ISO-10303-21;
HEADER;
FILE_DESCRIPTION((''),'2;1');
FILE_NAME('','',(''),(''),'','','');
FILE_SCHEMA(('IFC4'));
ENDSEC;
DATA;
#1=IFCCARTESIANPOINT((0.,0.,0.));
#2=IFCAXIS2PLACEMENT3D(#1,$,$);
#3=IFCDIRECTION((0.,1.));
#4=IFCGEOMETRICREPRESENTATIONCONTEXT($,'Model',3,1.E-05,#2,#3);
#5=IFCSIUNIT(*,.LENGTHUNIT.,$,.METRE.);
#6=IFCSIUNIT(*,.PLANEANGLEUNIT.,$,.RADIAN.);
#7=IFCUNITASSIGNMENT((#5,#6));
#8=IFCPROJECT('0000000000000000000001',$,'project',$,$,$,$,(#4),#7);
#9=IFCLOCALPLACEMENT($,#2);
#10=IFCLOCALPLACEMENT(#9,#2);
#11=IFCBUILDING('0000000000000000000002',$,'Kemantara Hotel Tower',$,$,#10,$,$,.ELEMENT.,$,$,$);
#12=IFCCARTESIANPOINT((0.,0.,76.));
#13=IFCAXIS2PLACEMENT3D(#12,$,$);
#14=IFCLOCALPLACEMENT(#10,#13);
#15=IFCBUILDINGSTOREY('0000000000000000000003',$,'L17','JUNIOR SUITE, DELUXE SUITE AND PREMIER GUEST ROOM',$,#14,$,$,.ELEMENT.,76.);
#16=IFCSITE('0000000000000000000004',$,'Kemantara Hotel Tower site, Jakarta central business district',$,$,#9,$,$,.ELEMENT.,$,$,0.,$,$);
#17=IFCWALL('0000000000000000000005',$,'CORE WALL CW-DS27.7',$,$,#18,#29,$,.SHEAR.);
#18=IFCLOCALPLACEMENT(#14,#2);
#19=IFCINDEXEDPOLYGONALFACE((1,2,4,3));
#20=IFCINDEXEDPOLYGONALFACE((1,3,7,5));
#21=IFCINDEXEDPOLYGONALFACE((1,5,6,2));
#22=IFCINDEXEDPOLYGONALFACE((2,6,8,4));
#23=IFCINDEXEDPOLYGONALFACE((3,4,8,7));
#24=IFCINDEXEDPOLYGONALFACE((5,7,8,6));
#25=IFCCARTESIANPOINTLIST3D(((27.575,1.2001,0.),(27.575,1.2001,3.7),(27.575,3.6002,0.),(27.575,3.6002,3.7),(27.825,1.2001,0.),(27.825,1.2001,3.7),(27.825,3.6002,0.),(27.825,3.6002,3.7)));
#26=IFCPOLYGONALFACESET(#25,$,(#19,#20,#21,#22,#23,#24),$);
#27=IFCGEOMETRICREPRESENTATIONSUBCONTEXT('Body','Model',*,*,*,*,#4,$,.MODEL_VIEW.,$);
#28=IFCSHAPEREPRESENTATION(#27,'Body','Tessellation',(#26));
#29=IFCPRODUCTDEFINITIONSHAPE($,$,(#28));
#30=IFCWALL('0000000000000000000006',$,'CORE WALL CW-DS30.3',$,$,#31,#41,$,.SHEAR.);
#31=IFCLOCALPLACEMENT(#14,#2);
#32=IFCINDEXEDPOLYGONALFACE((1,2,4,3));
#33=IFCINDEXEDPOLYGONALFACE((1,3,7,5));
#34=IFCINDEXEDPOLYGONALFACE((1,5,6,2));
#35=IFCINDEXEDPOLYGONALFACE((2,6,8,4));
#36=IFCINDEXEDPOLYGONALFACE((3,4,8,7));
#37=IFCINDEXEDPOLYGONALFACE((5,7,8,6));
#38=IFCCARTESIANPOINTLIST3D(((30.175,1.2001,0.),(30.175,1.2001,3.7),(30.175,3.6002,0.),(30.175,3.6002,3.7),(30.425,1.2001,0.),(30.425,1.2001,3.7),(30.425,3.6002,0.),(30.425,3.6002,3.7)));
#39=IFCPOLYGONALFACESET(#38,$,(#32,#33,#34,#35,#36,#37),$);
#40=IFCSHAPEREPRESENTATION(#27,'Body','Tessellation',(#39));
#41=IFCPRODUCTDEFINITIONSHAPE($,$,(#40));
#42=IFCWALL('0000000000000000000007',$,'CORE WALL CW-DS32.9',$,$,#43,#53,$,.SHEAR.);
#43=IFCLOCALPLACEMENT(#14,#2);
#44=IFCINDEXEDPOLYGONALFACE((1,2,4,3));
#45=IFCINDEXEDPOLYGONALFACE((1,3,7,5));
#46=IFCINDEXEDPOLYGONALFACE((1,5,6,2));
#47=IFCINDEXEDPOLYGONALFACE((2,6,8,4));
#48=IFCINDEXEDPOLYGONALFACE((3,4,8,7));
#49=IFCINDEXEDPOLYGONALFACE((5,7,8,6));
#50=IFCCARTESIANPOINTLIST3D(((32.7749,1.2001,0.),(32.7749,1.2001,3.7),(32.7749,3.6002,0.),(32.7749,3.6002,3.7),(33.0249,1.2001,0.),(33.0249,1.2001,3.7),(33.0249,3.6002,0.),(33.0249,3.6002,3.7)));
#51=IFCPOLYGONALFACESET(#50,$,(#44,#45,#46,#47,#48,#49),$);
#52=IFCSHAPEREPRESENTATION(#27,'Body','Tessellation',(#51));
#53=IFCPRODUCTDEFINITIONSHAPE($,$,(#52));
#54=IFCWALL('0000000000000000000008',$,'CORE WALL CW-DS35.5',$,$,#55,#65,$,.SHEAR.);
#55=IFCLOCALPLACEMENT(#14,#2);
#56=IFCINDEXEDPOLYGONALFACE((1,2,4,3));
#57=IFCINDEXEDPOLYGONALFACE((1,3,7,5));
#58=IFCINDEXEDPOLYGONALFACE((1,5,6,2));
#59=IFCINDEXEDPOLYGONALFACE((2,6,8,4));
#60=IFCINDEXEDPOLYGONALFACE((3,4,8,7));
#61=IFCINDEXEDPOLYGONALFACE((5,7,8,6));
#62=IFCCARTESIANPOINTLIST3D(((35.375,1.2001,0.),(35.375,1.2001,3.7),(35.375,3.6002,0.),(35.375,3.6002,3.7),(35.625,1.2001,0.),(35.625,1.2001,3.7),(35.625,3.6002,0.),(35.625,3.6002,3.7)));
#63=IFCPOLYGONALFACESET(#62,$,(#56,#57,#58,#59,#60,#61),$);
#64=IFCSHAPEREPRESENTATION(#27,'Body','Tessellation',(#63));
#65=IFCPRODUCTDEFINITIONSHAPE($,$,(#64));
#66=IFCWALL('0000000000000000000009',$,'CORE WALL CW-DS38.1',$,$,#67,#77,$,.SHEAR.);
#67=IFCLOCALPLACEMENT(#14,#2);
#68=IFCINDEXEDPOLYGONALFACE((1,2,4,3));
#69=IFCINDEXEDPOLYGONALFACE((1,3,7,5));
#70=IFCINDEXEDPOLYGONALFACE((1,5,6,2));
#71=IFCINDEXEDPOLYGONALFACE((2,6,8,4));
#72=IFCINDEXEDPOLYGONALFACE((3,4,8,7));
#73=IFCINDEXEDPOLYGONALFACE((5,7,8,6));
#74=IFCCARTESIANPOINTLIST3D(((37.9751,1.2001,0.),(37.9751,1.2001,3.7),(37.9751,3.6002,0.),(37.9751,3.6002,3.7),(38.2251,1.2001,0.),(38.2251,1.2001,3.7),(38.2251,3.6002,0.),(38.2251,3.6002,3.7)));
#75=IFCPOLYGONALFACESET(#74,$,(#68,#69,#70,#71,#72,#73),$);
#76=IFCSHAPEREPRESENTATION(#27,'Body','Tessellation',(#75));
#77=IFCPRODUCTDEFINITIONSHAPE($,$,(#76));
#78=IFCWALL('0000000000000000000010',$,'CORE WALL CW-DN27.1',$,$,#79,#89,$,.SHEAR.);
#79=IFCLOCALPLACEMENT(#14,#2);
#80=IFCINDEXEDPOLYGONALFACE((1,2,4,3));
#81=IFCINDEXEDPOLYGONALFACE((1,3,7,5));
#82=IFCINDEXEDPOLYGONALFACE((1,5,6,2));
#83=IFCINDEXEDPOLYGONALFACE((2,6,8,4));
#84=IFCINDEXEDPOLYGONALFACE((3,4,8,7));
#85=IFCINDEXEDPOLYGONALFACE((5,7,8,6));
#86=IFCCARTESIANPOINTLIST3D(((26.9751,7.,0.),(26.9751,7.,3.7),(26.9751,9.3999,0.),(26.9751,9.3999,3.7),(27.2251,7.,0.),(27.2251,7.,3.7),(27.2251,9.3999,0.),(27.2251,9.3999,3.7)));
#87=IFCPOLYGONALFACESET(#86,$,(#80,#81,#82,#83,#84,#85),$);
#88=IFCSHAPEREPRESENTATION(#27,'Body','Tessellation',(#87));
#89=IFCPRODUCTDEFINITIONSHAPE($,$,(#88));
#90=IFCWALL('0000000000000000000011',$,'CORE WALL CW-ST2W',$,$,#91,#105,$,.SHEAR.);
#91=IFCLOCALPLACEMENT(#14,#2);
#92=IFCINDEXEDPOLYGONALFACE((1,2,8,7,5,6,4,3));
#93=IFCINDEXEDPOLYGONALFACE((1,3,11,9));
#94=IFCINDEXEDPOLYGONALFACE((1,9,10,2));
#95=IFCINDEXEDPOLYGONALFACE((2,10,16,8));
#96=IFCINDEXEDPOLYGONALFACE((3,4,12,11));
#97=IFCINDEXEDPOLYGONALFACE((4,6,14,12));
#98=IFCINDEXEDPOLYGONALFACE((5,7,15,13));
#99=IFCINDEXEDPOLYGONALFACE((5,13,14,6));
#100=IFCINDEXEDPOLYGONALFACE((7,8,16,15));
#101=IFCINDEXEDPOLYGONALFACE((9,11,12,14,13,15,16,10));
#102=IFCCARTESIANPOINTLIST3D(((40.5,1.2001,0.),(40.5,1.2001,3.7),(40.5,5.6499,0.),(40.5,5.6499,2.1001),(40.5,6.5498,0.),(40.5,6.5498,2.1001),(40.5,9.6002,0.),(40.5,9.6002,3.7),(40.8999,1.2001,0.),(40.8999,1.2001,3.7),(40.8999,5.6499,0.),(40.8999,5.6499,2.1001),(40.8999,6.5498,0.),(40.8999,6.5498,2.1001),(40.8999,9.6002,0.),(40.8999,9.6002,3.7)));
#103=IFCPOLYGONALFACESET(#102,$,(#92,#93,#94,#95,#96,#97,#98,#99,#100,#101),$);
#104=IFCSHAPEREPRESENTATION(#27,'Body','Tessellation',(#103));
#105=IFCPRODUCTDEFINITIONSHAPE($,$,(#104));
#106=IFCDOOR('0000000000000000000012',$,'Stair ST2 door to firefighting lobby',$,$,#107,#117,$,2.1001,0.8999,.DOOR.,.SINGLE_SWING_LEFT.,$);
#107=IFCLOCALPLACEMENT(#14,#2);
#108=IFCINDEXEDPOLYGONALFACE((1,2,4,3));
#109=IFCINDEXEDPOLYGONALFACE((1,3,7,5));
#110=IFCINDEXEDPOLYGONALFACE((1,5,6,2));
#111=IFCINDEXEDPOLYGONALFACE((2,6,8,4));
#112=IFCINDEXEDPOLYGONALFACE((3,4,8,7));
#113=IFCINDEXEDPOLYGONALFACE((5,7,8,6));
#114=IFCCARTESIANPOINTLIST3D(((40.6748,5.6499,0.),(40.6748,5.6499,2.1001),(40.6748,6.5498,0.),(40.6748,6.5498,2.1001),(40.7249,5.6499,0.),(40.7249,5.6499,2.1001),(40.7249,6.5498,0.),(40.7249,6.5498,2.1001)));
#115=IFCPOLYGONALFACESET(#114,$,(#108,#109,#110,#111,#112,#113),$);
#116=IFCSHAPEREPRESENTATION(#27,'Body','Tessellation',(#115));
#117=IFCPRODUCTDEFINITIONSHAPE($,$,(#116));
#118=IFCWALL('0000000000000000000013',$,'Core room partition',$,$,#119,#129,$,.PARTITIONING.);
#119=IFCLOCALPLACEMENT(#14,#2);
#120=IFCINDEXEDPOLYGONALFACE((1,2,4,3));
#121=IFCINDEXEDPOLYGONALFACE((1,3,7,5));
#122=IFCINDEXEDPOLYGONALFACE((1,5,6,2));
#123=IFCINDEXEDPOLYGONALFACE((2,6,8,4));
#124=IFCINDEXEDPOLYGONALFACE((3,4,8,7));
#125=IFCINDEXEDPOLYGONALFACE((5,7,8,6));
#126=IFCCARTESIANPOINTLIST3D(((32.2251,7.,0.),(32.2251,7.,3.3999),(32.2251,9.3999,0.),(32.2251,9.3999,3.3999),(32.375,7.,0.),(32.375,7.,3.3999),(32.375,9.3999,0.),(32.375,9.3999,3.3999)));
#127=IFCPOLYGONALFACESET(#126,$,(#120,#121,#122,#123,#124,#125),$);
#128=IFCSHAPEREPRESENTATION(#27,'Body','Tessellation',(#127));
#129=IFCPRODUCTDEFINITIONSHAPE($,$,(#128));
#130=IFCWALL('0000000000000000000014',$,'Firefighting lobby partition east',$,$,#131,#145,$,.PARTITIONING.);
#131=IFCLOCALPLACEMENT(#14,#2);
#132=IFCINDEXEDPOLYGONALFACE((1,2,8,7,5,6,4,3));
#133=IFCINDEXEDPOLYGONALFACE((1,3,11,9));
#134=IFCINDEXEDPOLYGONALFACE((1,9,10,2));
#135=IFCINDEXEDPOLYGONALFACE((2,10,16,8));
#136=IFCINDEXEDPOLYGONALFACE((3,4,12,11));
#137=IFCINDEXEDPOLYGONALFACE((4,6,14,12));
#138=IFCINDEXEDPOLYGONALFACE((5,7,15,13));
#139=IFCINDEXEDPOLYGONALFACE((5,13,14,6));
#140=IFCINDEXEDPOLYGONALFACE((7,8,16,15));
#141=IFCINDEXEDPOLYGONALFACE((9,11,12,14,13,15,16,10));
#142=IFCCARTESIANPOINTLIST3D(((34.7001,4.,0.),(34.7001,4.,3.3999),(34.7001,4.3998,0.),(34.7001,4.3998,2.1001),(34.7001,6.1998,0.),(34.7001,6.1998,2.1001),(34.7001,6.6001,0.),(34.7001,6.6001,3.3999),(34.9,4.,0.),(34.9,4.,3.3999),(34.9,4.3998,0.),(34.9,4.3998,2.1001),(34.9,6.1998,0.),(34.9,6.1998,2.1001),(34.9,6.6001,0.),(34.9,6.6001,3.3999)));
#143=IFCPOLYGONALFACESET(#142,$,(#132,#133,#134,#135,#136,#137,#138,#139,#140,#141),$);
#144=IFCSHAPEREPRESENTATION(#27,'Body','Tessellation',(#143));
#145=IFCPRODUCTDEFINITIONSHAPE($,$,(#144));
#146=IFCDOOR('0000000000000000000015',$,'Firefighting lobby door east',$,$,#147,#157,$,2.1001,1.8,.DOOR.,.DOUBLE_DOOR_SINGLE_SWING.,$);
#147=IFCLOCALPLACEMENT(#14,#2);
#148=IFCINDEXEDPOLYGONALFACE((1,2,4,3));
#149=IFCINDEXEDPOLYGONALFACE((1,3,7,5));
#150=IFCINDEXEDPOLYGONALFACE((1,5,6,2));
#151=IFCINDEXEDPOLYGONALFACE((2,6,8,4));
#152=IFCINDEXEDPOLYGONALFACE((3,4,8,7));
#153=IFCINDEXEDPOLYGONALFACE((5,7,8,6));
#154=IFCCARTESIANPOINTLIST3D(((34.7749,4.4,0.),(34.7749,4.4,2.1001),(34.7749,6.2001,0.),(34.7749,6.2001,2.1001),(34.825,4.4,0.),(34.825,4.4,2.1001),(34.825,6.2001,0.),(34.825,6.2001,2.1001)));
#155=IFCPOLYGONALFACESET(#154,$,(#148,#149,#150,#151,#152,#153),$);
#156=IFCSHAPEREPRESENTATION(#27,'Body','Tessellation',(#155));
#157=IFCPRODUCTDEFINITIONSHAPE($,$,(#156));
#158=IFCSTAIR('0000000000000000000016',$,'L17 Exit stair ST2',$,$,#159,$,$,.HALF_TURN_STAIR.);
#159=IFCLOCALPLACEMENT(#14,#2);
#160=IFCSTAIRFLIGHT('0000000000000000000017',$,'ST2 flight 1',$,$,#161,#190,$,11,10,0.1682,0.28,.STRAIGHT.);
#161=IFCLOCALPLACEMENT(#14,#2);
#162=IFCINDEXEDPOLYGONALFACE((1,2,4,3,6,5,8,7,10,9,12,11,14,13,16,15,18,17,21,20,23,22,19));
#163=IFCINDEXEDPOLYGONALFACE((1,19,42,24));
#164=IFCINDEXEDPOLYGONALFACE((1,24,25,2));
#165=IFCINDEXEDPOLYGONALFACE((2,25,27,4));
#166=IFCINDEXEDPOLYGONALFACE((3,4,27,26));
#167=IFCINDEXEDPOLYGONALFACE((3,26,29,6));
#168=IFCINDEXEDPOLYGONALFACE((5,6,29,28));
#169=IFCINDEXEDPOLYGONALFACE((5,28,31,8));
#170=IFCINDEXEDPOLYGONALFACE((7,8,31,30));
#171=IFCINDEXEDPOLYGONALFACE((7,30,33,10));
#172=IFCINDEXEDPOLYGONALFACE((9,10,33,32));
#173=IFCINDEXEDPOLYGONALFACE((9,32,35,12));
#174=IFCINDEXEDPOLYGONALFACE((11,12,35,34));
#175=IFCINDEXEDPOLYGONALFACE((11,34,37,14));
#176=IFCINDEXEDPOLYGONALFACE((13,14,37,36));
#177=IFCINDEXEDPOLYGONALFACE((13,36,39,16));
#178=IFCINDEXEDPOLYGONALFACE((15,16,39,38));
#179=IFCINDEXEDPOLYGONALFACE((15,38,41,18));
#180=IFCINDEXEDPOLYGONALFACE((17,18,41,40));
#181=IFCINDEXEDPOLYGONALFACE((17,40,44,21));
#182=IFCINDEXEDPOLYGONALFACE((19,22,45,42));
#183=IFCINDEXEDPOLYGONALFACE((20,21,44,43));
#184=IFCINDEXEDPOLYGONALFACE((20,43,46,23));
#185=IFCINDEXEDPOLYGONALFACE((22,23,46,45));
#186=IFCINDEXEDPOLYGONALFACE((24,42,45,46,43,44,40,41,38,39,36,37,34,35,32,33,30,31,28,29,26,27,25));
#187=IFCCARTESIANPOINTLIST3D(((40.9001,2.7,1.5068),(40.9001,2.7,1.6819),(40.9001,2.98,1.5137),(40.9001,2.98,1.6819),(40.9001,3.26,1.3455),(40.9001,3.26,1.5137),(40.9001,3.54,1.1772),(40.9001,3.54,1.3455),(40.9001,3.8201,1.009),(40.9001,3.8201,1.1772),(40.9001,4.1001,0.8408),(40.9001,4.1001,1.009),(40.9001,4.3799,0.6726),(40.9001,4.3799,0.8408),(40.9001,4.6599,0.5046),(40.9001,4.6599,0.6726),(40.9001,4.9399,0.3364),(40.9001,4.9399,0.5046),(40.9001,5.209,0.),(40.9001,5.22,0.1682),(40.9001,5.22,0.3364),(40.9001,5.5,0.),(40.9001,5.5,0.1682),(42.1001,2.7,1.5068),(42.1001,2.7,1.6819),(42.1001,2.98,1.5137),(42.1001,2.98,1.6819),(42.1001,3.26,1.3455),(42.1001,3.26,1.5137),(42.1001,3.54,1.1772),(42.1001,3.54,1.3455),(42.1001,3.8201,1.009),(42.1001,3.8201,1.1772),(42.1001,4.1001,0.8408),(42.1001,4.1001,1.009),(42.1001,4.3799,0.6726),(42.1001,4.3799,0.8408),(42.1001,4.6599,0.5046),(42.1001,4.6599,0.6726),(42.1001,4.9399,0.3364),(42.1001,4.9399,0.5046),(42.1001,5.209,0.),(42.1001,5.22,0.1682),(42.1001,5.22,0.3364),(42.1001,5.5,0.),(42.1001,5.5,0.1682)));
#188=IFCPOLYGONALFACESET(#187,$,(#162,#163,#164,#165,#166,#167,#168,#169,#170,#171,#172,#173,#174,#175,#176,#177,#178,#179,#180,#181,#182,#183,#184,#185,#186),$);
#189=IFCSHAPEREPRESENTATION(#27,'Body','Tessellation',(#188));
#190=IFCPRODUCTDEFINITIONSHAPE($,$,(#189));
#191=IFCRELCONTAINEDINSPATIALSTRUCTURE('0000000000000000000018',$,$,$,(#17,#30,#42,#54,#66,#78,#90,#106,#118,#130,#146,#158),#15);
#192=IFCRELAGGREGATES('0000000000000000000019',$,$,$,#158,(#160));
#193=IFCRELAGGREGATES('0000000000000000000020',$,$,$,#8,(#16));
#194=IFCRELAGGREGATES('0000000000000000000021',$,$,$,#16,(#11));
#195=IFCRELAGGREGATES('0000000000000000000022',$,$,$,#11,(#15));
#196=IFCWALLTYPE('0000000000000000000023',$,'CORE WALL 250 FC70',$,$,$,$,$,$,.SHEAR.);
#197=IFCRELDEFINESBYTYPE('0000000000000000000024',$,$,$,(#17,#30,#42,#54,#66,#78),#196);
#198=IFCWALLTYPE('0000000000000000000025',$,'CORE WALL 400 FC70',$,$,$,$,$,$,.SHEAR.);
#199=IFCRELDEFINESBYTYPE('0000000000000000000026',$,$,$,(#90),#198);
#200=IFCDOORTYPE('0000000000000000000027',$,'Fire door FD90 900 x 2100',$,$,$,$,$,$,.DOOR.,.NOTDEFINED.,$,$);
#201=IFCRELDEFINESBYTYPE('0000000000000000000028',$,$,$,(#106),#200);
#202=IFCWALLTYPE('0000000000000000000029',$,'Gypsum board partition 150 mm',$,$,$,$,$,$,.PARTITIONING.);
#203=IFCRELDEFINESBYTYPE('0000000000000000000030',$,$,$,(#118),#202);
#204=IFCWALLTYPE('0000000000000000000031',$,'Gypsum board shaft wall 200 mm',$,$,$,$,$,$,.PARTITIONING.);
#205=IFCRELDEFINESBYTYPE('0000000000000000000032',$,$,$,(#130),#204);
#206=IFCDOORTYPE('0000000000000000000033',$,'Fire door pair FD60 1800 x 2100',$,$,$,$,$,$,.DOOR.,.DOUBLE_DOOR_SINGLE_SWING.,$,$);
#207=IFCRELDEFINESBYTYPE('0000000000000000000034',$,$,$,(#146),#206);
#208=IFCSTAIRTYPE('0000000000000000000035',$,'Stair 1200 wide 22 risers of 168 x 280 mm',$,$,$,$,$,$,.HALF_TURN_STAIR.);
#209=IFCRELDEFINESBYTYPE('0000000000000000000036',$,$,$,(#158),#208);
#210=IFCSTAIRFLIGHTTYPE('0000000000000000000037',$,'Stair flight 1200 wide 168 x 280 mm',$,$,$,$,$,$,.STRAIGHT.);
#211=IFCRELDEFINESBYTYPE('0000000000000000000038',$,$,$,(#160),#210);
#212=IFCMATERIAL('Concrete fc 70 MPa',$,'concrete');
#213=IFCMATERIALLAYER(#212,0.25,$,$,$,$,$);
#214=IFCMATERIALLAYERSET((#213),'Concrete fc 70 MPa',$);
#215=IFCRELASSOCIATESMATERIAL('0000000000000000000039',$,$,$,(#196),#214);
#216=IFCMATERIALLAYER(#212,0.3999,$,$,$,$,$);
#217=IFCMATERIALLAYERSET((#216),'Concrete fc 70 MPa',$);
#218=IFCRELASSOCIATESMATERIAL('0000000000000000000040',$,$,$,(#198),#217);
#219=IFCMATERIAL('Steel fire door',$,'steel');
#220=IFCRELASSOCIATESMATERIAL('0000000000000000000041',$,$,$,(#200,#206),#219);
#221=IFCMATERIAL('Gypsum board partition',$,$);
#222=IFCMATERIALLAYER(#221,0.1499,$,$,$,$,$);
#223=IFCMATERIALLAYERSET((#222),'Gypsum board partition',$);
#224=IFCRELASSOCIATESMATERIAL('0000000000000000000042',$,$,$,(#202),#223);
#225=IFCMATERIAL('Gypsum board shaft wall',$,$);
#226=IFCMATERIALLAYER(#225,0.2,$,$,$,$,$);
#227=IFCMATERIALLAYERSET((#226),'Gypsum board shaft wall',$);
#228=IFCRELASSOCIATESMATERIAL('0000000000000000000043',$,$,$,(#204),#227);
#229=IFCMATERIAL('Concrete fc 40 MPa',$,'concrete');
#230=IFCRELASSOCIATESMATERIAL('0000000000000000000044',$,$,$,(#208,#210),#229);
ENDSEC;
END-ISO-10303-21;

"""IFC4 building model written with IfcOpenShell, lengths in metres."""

from ifc_helpers import new_model, si_unit, direction, frame, frame_2d, origin, place, context, subcontext, project, spatial, polyline, rectangle, outline, extrude, material, layer, layer_set, type_object, element, fill, aggregate, save


model = new_model("IFC4")

# Units and contexts
model_context = context("Model", 3, precision=1e-05, world=origin(), true_north=direction((0.0, 1.0)))
body_context = subcontext(model_context, "Body", "Model", "MODEL_VIEW")
ifc_project = project(units=[si_unit("LENGTHUNIT", "METRE"), si_unit("PLANEANGLEUNIT", "RADIAN")], contexts=[model_context])

# Site, building, storey
site_placement = place(None, origin())
site = spatial("IfcSite", under=ifc_project, at=site_placement, Name="Kemantara Hotel Tower site, Jakarta central business district", CompositionType="ELEMENT", RefElevation=0.0)
building_placement = place(site_placement, origin())
building = spatial("IfcBuilding", under=site, at=building_placement, Name="Kemantara Hotel Tower", CompositionType="ELEMENT")
storey_placement = place(building_placement, frame((0.0, 0.0, 76.0)))
storey = spatial("IfcBuildingStorey", under=building, at=storey_placement, Name="L17", Description="JUNIOR SUITE, DELUXE SUITE AND PREMIER GUEST ROOM", CompositionType="ELEMENT", Elevation=76.0)

# Walls
ifc_material_1 = material(Name="Concrete fc 70 MPa", Category="concrete")
ifc_layer_1 = layer(ifc_material_1, 0.25)
ifc_layer_set_1 = layer_set([ifc_layer_1], Name="Concrete fc 70 MPa")
wall_type_1 = type_object("IfcWallType", Name="CORE WALL 250 FC70", PredefinedType="SHEAR", material=ifc_layer_set_1)
for number, where, z_axis, x_axis, name in (
    (1, (27.7, 1.2, 0.0), (0.0, 0.0, 1.0), (0.0, 1.0, 0.0), "CORE WALL CW-DS27.7"),
    (2, (30.3, 1.2, 0.0), (0.0, 0.0, 1.0), (0.0, 1.0, 0.0), "CORE WALL CW-DS30.3"),
    (3, (32.8999, 1.2, 0.0), (0.0, 0.0, 1.0), (0.0, 1.0, 0.0), "CORE WALL CW-DS32.9"),
    (4, (35.5, 1.2, 0.0), (0.0, 0.0, 1.0), (0.0, 1.0, 0.0), "CORE WALL CW-DS35.5"),
    (5, (38.1001, 1.2, 0.0), (0.0, 0.0, 1.0), (0.0, 1.0, 0.0), "CORE WALL CW-DS38.1"),
):
    element("IfcWall", number, at=place(storey_placement, frame(where, z_axis=z_axis, x_axis=x_axis)), inside=storey, type_object=wall_type_1, Name=name, PredefinedType="SHEAR", context=body_context, shape_type="SweptSolid", body=[
        extrude(rectangle(XDim=2.4001, YDim=0.25, at=frame_2d((1.2002, 0.0))), origin(), (0.0, 0.0, 1.0), 3.7),
    ])
wall_1_placement = place(storey_placement, frame((27.1001, 7.0, 0.0), z_axis=(0.0, 0.0, 1.0), x_axis=(0.0, 1.0, 0.0)))
element("IfcWall", 6, at=wall_1_placement, inside=storey, type_object=wall_type_1, Name="CORE WALL CW-DN27.1", PredefinedType="SHEAR", context=body_context, shape_type="SweptSolid", body=[
    extrude(rectangle(XDim=2.3999, YDim=0.25, at=frame_2d((1.2, 0.0))), origin(), (0.0, 0.0, 1.0), 3.7),
])

# Wall, opening, door
ifc_layer_2 = layer(ifc_material_1, 0.3999)
ifc_layer_set_2 = layer_set([ifc_layer_2], Name="Concrete fc 70 MPa")
wall_type_2 = type_object("IfcWallType", Name="CORE WALL 400 FC70", PredefinedType="SHEAR", material=ifc_layer_set_2)
wall_2_placement = place(storey_placement, frame((40.7, 1.2, 0.0), z_axis=(0.0, 0.0, 1.0), x_axis=(0.0, 1.0, 0.0)))
wall_2 = element("IfcWall", 7, at=wall_2_placement, inside=storey, type_object=wall_type_2, Name="CORE WALL CW-ST2W", PredefinedType="SHEAR", context=body_context, shape_type="SweptSolid", body=[
    extrude(rectangle(XDim=8.4001, YDim=0.3999, at=frame_2d((4.2002, 0.0))), origin(), (0.0, 0.0, 1.0), 3.7),
])
opening_1_placement = place(wall_2_placement, frame((4.45, 0.0, 0.0)))
opening_1 = element("IfcOpeningElement", 8, at=opening_1_placement, cuts=wall_2, PredefinedType="OPENING", context=body_context, shape_type="SweptSolid", body=[
    extrude(rectangle(XDim=0.8999, YDim=2.1001, at=frame_2d((0.45, 1.05))), frame((0.0, 0.21, 0.0), z_axis=(0.0, -1.0, 0.0), x_axis=(1.0, 0.0, 0.0)), (0.0, 0.0, 1.0), 0.4199),
])
ifc_material_2 = material(Name="Steel fire door", Category="steel")
door_type_1 = type_object("IfcDoorType", Name="Fire door FD90 900 x 2100", OperationType="NOTDEFINED", PredefinedType="DOOR", material=ifc_material_2)
door_1_placement = place(opening_1_placement, frame((0.8999, 0.0, 0.0), z_axis=(0.0, 0.0, 1.0), x_axis=(-1.0, 0.0, 0.0)))
door_1 = element("IfcDoor", 9, at=door_1_placement, inside=storey, type_object=door_type_1, Name="Stair ST2 door to firefighting lobby", OperationType="SINGLE_SWING_LEFT", OverallHeight=2.1001, OverallWidth=0.8999, PredefinedType="DOOR", context=body_context, shape_type="SweptSolid", body=[
    extrude(rectangle(XDim=0.8999, YDim=2.1001, at=frame_2d((0.45, 1.05))), frame((0.0, 0.0249, 0.0), z_axis=(0.0, -1.0, 0.0), x_axis=(1.0, 0.0, 0.0)), (0.0, 0.0, 1.0), 0.05),
])
fill(opening_1, door_1)

# Wall
ifc_material_3 = material(Name="Gypsum board partition")
ifc_layer_3 = layer(ifc_material_3, 0.1499)
ifc_layer_set_3 = layer_set([ifc_layer_3], Name="Gypsum board partition")
wall_type_3 = type_object("IfcWallType", Name="Gypsum board partition 150 mm", PredefinedType="PARTITIONING", material=ifc_layer_set_3)
wall_3_placement = place(storey_placement, frame((32.3, 7.0, 0.0), z_axis=(0.0, 0.0, 1.0), x_axis=(0.0, 1.0, 0.0)))
element("IfcWall", 10, at=wall_3_placement, inside=storey, type_object=wall_type_3, Name="Core room partition", PredefinedType="PARTITIONING", context=body_context, shape_type="SweptSolid", body=[
    extrude(rectangle(XDim=2.3999, YDim=0.1499, at=frame_2d((1.2, 0.0))), origin(), (0.0, 0.0, 1.0), 3.3999),
])

# Wall, opening, door
ifc_material_4 = material(Name="Gypsum board shaft wall")
ifc_layer_4 = layer(ifc_material_4, 0.2)
ifc_layer_set_4 = layer_set([ifc_layer_4], Name="Gypsum board shaft wall")
wall_type_4 = type_object("IfcWallType", Name="Gypsum board shaft wall 200 mm", PredefinedType="PARTITIONING", material=ifc_layer_set_4)
wall_4_placement = place(storey_placement, frame((34.8, 4.0, 0.0), z_axis=(0.0, 0.0, 1.0), x_axis=(0.0, 1.0, 0.0)))
wall_4 = element("IfcWall", 11, at=wall_4_placement, inside=storey, type_object=wall_type_4, Name="Firefighting lobby partition east", PredefinedType="PARTITIONING", context=body_context, shape_type="SweptSolid", body=[
    extrude(rectangle(XDim=2.6001, YDim=0.2, at=frame_2d((1.3, 0.0))), origin(), (0.0, 0.0, 1.0), 3.3999),
])
opening_2_placement = place(wall_4_placement, frame((0.3999, 0.0, 0.0)))
opening_2 = element("IfcOpeningElement", 12, at=opening_2_placement, cuts=wall_4, PredefinedType="OPENING", context=body_context, shape_type="SweptSolid", body=[
    extrude(rectangle(XDim=1.8, YDim=2.1001, at=frame_2d((0.8999, 1.05))), frame((0.0, 0.1099, 0.0), z_axis=(0.0, -1.0, 0.0), x_axis=(1.0, 0.0, 0.0)), (0.0, 0.0, 1.0), 0.22),
])
door_type_2 = type_object("IfcDoorType", Name="Fire door pair FD60 1800 x 2100", OperationType="DOUBLE_DOOR_SINGLE_SWING", PredefinedType="DOOR", material=ifc_material_2)
door_2_placement = place(opening_2_placement, frame((1.8, 0.0, 0.0), z_axis=(0.0, 0.0, 1.0), x_axis=(-1.0, 0.0, 0.0)))
door_2 = element("IfcDoor", 13, at=door_2_placement, inside=storey, type_object=door_type_2, Name="Firefighting lobby door east", OperationType="DOUBLE_DOOR_SINGLE_SWING", OverallHeight=2.1001, OverallWidth=1.8, PredefinedType="DOOR", context=body_context, shape_type="SweptSolid", body=[
    extrude(rectangle(XDim=1.8, YDim=2.1001, at=frame_2d((0.8999, 1.05))), frame((0.0, 0.0249, 0.0), z_axis=(0.0, -1.0, 0.0), x_axis=(1.0, 0.0, 0.0)), (0.0, 0.0, 1.0), 0.05),
])
fill(opening_2, door_2)

# Stair, stair flight
ifc_material_5 = material(Name="Concrete fc 40 MPa", Category="concrete")
stair_type = type_object("IfcStairType", Name="Stair 1200 wide 22 risers of 168 x 280 mm", PredefinedType="HALF_TURN_STAIR", material=ifc_material_5)
stair_placement = place(storey_placement, origin())
stair = element("IfcStair", 14, at=stair_placement, inside=storey, type_object=stair_type, Name="L17 Exit stair ST2", PredefinedType="HALF_TURN_STAIR")
stair_flight_type = type_object("IfcStairFlightType", Name="Stair flight 1200 wide 168 x 280 mm", PredefinedType="STRAIGHT", material=ifc_material_5)
stair_flight_placement = place(storey_placement, frame((41.5, 5.5, 0.0), z_axis=(0.0, 0.0, 1.0), x_axis=(0.0, -1.0, 0.0)))
stair_flight = element("IfcStairFlight", 15, at=stair_flight_placement, type_object=stair_flight_type, Name="ST2 flight 1", NumberOfRisers=11, NumberOfTreads=10, PredefinedType="STRAIGHT", RiserHeight=0.1682, TreadLength=0.28, context=body_context, shape_type="SweptSolid", body=[
    extrude(outline(polyline([(0.0, 0.0), (0.0, 0.1682), (0.28, 0.1682), (0.28, 0.3364), (0.5601, 0.3364), (0.5601, 0.5046), (0.8401, 0.5046), (0.8401, 0.6726), (1.1201, 0.6726), (1.1201, 0.8408), (1.3999, 0.8408), (1.3999, 1.009), (1.6799, 1.009), (1.6799, 1.1772), (1.96, 1.1772), (1.96, 1.3455), (2.24, 1.3455), (2.24, 1.5137), (2.52, 1.5137), (2.52, 1.6819), (2.8, 1.6819), (2.8, 1.8501), (2.8, 1.5068), (0.291, 0.0), (0.0, 0.0)])), frame((0.0, 0.6001, 0.0), z_axis=(0.0, -1.0, 0.0), x_axis=(1.0, 0.0, 0.0)), (0.0, 0.0, 1.0), 1.2),
])
aggregate(stair, [stair_flight])

save(model, "model.ifc")
